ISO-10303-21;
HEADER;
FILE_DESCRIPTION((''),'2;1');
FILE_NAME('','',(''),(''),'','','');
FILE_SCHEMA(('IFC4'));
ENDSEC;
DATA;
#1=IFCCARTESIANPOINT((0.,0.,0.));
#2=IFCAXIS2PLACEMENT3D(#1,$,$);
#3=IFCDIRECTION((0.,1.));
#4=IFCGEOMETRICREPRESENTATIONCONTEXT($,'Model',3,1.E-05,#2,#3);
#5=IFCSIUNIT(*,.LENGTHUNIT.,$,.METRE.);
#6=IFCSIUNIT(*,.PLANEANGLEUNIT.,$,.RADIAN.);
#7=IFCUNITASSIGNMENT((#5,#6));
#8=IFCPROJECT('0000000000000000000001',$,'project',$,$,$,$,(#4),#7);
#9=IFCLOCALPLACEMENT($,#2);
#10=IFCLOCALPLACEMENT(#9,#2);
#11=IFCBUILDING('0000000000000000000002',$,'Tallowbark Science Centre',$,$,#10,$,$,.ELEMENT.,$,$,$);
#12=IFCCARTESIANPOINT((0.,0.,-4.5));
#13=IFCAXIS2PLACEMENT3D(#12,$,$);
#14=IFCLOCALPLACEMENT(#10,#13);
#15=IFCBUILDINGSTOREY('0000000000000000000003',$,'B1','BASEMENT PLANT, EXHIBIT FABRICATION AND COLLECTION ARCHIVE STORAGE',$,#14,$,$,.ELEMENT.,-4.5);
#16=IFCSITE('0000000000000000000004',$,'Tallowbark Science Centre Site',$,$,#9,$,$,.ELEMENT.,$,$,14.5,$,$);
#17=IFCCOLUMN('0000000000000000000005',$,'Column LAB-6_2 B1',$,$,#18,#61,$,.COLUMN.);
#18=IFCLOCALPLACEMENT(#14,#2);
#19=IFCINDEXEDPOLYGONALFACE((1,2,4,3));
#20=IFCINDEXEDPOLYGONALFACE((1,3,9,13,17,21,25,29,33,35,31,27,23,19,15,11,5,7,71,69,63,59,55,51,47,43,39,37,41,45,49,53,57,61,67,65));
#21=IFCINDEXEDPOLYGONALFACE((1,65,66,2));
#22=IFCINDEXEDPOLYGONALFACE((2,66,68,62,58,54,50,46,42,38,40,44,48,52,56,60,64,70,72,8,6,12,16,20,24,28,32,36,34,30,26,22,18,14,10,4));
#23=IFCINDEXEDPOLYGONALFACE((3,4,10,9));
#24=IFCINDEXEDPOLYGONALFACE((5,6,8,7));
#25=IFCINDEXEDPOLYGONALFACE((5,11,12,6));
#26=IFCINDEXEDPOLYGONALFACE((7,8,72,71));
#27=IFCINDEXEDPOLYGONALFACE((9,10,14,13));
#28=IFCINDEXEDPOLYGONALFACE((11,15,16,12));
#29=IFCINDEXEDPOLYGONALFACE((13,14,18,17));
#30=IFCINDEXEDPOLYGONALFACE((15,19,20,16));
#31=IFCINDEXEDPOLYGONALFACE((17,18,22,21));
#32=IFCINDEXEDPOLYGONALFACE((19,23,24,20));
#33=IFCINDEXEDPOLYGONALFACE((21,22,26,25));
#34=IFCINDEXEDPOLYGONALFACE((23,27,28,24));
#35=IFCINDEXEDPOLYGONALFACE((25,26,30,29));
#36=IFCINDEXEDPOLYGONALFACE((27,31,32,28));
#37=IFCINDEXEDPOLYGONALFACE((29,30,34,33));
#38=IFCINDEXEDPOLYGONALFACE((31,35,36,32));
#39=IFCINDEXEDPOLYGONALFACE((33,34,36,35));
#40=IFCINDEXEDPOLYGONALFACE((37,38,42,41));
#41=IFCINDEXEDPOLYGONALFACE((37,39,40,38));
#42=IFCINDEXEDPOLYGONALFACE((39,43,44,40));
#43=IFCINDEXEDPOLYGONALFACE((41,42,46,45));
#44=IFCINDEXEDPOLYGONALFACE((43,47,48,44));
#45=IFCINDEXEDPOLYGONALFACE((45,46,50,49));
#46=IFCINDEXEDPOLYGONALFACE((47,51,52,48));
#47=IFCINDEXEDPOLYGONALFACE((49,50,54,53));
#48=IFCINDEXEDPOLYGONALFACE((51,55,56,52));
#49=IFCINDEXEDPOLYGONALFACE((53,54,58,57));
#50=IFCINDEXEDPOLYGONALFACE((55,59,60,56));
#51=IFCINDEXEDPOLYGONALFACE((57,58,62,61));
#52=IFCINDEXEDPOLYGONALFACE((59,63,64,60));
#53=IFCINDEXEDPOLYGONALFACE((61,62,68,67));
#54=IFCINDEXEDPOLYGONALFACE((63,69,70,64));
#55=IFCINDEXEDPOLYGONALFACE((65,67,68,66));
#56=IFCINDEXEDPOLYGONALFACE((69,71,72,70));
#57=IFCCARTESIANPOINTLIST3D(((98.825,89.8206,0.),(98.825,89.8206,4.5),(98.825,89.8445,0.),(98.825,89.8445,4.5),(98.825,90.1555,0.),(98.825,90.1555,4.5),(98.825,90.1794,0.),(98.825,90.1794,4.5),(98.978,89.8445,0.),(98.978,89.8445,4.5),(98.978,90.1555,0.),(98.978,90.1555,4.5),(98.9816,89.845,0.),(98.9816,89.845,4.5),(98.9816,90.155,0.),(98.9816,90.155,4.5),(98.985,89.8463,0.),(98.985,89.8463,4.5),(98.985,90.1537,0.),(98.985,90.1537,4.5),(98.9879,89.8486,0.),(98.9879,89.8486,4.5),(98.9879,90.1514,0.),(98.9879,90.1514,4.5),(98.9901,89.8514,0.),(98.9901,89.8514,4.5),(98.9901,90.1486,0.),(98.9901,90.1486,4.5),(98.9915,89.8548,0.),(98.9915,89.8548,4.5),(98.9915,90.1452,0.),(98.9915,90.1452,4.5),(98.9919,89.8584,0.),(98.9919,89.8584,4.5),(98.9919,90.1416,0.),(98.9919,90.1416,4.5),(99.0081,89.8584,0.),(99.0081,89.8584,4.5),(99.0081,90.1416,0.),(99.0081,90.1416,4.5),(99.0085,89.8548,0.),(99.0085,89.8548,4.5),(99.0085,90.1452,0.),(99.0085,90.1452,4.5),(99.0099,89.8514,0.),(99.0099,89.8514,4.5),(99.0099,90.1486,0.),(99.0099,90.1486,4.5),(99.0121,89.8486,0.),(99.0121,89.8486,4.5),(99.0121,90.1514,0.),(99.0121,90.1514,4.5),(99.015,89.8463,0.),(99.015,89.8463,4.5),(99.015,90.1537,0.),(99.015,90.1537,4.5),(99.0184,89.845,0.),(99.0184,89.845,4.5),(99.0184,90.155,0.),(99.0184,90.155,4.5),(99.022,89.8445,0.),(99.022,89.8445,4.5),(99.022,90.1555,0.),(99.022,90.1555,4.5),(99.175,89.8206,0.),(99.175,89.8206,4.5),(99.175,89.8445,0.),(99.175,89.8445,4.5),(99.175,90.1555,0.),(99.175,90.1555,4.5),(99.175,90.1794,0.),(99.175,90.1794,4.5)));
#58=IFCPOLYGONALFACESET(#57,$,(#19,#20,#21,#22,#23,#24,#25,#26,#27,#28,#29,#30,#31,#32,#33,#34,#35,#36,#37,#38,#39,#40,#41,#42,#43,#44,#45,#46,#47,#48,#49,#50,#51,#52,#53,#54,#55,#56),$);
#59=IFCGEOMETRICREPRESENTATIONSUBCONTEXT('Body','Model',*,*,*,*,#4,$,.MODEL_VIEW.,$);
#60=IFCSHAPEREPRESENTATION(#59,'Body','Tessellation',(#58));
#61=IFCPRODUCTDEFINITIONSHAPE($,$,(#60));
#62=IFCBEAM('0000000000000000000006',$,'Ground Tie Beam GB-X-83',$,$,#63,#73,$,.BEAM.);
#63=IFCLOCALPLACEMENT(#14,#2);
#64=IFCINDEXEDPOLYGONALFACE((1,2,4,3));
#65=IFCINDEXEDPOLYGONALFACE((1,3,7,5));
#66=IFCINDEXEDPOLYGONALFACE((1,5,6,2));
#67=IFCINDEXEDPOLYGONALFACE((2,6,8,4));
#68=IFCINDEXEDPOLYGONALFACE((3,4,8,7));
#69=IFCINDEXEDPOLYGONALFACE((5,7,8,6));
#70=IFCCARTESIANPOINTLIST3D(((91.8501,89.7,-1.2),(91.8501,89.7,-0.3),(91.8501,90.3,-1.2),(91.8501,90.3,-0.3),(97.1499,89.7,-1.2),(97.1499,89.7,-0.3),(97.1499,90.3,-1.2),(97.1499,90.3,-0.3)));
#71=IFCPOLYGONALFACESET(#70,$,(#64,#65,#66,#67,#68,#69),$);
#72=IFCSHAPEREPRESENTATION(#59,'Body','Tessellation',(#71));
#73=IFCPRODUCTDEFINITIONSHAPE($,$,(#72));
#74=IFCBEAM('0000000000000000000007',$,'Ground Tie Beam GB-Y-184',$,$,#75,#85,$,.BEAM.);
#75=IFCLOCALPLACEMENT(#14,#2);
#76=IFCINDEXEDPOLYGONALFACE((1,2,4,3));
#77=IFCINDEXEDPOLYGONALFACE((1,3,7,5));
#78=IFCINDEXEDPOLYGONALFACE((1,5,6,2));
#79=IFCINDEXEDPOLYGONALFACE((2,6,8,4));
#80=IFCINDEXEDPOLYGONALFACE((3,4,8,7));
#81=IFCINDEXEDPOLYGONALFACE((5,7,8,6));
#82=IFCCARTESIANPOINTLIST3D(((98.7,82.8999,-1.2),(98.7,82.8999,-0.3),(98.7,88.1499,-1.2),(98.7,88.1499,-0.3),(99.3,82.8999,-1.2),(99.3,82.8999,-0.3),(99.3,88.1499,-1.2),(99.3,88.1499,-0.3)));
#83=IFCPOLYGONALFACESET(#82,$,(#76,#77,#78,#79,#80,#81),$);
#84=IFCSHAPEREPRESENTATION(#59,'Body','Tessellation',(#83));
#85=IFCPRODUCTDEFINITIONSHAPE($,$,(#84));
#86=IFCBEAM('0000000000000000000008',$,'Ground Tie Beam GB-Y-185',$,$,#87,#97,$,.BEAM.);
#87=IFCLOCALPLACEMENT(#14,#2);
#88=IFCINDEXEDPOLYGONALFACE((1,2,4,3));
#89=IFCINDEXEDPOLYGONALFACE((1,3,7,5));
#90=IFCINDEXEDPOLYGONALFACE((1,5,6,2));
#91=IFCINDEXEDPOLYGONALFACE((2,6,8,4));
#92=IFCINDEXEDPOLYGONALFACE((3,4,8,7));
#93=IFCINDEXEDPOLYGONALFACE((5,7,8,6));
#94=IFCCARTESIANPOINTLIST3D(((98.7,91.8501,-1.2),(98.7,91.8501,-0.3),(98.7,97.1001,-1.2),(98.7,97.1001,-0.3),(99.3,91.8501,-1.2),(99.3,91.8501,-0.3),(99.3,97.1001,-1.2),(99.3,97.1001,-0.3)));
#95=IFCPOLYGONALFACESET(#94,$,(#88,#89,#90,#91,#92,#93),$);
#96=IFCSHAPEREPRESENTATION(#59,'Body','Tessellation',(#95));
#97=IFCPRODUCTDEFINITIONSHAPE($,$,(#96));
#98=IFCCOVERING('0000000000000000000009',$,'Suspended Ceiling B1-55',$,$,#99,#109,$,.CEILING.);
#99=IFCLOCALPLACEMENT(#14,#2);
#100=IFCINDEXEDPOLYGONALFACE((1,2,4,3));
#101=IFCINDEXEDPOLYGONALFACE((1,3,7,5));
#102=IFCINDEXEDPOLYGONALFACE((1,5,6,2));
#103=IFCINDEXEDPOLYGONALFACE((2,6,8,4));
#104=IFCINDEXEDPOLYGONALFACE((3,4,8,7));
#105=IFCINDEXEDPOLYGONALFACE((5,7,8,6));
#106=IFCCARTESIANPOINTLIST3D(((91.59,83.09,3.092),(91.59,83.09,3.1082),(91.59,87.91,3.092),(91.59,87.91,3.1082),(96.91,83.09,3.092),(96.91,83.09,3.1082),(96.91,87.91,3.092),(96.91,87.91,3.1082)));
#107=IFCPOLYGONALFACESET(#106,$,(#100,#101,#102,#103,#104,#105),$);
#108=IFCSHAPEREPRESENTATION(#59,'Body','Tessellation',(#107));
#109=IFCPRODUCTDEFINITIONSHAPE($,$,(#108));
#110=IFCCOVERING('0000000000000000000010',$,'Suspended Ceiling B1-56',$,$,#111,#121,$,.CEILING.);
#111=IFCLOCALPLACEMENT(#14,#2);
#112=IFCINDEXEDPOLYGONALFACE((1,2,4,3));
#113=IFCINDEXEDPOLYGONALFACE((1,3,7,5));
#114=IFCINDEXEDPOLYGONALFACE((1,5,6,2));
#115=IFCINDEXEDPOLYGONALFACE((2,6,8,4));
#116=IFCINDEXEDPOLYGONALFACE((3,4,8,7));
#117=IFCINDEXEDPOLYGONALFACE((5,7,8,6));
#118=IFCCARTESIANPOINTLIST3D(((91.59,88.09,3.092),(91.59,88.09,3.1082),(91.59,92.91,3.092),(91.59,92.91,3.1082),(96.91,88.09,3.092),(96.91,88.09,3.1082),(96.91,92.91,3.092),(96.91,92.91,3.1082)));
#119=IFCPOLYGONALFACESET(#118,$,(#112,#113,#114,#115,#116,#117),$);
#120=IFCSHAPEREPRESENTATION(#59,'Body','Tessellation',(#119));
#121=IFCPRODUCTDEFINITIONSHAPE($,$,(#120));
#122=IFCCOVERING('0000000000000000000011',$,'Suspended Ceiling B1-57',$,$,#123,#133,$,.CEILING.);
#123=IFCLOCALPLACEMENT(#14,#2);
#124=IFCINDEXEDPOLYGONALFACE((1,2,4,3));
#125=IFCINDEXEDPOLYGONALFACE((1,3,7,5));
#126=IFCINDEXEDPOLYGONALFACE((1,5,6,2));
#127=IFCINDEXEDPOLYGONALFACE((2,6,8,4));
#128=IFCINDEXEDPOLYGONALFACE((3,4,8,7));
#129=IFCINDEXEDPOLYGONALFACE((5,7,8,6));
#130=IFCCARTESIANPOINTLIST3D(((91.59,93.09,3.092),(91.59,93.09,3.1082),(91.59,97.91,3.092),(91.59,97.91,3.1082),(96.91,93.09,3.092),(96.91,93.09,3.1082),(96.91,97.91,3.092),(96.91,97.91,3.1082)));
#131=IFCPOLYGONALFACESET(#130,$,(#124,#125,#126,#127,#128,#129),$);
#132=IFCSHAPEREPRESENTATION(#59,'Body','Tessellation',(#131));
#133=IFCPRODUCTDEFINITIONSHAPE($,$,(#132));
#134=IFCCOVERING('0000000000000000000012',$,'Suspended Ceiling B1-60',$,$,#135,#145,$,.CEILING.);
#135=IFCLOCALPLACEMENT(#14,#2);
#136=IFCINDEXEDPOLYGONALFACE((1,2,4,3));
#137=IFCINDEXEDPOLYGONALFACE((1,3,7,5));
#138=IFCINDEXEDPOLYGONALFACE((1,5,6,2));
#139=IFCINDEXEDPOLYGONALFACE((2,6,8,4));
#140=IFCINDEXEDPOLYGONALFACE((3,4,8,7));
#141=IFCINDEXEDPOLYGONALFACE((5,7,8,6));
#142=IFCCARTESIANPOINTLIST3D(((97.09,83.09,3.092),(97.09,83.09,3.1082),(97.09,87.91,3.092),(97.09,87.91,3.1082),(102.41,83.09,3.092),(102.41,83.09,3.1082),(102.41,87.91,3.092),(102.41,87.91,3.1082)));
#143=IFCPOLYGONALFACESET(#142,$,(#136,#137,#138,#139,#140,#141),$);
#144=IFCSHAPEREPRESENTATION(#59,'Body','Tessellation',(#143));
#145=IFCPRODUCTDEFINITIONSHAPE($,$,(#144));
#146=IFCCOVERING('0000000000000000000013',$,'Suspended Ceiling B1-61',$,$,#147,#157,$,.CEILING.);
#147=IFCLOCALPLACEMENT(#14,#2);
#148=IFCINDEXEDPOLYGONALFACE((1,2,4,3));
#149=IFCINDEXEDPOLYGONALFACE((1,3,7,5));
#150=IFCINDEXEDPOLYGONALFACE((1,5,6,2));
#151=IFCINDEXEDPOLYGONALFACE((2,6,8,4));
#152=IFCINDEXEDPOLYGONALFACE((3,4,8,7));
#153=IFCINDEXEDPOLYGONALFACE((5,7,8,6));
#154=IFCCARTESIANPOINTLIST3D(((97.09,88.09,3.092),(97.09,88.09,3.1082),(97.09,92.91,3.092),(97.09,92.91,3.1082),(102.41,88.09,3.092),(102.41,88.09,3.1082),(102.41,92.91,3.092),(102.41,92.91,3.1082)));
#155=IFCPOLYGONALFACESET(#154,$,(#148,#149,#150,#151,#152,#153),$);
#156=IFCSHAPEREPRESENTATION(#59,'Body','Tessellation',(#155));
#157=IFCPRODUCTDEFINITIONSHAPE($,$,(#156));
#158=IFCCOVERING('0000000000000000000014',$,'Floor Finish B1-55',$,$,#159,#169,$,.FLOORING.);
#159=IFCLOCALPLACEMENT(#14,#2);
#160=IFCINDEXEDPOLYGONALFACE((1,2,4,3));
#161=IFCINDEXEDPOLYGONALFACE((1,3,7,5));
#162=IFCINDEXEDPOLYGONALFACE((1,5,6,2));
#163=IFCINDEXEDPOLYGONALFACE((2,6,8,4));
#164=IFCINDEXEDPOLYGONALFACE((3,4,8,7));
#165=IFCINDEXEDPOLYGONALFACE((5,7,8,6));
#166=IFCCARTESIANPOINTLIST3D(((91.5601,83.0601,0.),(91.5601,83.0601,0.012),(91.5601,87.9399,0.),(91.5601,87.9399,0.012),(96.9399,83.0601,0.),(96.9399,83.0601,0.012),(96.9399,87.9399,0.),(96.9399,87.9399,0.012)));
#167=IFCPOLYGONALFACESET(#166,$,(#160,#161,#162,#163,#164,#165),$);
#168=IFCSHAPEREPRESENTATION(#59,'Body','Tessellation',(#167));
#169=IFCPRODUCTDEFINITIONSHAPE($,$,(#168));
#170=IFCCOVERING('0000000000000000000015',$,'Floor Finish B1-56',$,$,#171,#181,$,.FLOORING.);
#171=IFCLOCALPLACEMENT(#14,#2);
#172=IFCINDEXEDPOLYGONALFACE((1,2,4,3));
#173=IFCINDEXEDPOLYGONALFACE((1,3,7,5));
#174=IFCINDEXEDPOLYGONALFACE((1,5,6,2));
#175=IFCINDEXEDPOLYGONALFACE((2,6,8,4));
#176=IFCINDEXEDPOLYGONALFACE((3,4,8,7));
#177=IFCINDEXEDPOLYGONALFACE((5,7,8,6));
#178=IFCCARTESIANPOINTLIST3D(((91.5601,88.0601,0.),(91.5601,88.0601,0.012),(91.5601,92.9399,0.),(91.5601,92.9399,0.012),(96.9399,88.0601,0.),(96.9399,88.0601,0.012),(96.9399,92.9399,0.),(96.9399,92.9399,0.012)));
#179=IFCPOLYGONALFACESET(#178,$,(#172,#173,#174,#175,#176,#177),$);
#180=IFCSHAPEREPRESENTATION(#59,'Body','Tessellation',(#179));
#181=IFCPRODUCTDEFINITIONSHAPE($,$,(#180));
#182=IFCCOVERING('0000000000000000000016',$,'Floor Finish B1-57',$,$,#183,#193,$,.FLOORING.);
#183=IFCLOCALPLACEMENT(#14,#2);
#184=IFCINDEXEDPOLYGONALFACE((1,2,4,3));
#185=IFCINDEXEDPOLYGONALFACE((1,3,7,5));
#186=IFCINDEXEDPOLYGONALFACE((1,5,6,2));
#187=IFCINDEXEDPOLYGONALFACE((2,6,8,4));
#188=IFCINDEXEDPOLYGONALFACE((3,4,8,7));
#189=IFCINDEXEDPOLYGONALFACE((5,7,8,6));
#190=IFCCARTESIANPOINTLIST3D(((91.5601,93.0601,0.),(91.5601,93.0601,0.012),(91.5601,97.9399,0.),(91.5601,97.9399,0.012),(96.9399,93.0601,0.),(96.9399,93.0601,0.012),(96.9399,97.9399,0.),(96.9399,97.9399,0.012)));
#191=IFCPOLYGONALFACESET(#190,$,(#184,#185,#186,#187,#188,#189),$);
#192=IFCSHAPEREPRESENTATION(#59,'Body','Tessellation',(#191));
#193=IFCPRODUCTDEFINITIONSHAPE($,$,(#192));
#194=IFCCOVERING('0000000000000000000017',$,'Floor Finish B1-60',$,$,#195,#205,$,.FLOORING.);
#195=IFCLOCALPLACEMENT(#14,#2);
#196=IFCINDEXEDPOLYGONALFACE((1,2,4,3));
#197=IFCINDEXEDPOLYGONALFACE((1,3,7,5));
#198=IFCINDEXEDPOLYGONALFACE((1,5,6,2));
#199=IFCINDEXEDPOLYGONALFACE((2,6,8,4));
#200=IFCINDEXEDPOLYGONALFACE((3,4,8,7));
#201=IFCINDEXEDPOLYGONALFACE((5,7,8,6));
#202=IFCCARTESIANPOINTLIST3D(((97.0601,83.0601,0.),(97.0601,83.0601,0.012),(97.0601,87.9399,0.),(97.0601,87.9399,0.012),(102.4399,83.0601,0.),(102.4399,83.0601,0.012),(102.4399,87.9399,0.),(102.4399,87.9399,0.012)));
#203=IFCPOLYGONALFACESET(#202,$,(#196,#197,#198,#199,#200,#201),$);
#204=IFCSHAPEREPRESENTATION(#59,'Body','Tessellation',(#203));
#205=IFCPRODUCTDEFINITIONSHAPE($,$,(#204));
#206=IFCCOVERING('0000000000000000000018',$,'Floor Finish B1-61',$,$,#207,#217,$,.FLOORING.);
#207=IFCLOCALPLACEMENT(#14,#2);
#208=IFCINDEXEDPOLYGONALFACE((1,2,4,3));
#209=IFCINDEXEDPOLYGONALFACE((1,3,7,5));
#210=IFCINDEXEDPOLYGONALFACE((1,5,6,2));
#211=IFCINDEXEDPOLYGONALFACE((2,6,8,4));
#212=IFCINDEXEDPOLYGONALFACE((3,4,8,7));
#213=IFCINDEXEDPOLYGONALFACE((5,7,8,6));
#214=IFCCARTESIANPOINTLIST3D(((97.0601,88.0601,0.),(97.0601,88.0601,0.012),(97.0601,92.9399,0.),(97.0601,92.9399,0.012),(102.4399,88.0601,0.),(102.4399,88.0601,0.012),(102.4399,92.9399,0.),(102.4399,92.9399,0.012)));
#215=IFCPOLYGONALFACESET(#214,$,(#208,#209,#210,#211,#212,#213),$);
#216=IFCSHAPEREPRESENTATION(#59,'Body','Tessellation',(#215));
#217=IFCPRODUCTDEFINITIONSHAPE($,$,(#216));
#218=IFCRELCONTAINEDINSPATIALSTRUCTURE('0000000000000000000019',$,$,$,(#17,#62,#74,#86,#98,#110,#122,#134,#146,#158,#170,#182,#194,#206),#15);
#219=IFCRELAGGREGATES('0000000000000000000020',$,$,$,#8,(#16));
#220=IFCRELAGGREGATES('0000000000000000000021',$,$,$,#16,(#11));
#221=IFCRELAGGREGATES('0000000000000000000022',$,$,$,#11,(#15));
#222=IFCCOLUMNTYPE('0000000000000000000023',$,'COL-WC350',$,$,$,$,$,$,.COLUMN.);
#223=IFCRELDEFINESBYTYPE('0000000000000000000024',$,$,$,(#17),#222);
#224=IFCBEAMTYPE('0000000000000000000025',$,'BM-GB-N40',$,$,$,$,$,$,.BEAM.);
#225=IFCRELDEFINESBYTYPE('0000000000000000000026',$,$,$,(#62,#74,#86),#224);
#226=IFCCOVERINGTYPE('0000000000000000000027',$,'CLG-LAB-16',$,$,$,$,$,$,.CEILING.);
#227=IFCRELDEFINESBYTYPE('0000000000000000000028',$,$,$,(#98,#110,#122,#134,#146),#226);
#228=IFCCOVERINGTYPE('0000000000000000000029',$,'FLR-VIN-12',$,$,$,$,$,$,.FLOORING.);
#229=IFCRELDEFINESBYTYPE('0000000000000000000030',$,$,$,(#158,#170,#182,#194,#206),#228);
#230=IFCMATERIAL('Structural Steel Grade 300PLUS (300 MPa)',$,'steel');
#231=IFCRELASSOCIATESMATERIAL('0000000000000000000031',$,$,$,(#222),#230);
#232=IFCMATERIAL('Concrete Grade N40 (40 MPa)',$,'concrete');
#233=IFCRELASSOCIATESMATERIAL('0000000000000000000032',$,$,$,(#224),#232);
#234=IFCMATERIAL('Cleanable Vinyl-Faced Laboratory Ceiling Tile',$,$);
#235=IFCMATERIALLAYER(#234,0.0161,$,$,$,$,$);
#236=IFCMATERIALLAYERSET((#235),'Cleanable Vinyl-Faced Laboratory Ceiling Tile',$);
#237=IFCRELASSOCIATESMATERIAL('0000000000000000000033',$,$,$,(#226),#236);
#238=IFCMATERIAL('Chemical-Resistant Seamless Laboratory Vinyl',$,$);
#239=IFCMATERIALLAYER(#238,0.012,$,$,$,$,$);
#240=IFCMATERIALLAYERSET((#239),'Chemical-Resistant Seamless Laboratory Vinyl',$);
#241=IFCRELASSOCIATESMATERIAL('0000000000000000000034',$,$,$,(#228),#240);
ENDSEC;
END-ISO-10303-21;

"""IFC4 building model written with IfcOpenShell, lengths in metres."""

from ifc_helpers import new_model, si_unit, direction, frame, origin, origin_2d, place, context, subcontext, project, spatial, rectangle, i_section, extrude, material, layer, layer_set, material_profile, profile_set, type_object, element, save


model = new_model("IFC4")

# Units and contexts
model_context = context("Model", 3, precision=1e-05, world=origin(), true_north=direction((0.0, 1.0)))
body_context = subcontext(model_context, "Body", "Model", "MODEL_VIEW")
ifc_project = project(units=[si_unit("LENGTHUNIT", "METRE"), si_unit("PLANEANGLEUNIT", "RADIAN")], contexts=[model_context])

# Site, building, storey
site_placement = place(None, origin())
site = spatial("IfcSite", under=ifc_project, at=site_placement, Name="Tallowbark Science Centre Site", CompositionType="ELEMENT", RefElevation=14.5)
building_placement = place(site_placement, origin())
building = spatial("IfcBuilding", under=site, at=building_placement, Name="Tallowbark Science Centre", CompositionType="ELEMENT")
storey_placement = place(building_placement, frame((0.0, 0.0, -4.5)))
storey = spatial("IfcBuildingStorey", under=building, at=storey_placement, Name="B1", Description="BASEMENT PLANT, EXHIBIT FABRICATION AND COLLECTION ARCHIVE STORAGE", CompositionType="ELEMENT", Elevation=-4.5)

# Shared definitions
ifc_material_1 = material(Name="Concrete Grade N40 (40 MPa)", Category="concrete")

# Column
ifc_material_2 = material(Name="Structural Steel Grade 300PLUS (300 MPa)", Category="steel")
ifc_material_profile_1 = material_profile(ifc_material_2, i_section(OverallWidth=0.3501, OverallDepth=0.3589, WebThickness=0.0161, FlangeThickness=0.0239, FilletRadius=0.0139, at=origin_2d()), Name="350WC197")
ifc_profile_set_1 = profile_set([ifc_material_profile_1], Name="Structural Steel Grade 300PLUS (300 MPa)")
column_type = type_object("IfcColumnType", Name="COL-WC350", PredefinedType="COLUMN", material=ifc_profile_set_1)
column_placement = place(storey_placement, frame((99.0, 90.0, 0.0), z_axis=(0.0, 0.0, 1.0), x_axis=(1.0, 0.0, 0.0)))
element("IfcColumn", 1, at=column_placement, inside=storey, type_object=column_type, Name="Column LAB-6_2 B1", PredefinedType="COLUMN", context=body_context, shape_type="SweptSolid", body=[
    extrude(i_section(OverallWidth=0.3501, OverallDepth=0.3589, WebThickness=0.0161, FlangeThickness=0.0239, FilletRadius=0.0139, at=origin_2d()), origin(), (0.0, 0.0, 1.0), 4.5),
])

# Beams
ifc_material_profile_2 = material_profile(ifc_material_1, rectangle(XDim=0.6001, YDim=0.8999, at=origin_2d()), Name="RC600x900")
ifc_profile_set_2 = profile_set([ifc_material_profile_2], Name="Concrete Grade N40 (40 MPa)")
beam_type = type_object("IfcBeamType", Name="BM-GB-N40", PredefinedType="BEAM", material=ifc_profile_set_2)
beam_placement = place(storey_placement, frame((91.8501, 90.0, -0.75), z_axis=(1.0, 0.0, 0.0), x_axis=(0.0, 1.0, 0.0)))
element("IfcBeam", 2, at=beam_placement, inside=storey, type_object=beam_type, Name="Ground Tie Beam GB-X-83", PredefinedType="BEAM", context=body_context, shape_type="SweptSolid", body=[
    extrude(rectangle(XDim=0.6001, YDim=0.8999, at=origin_2d()), origin(), (0.0, 0.0, 1.0), 5.2998),
])
for number, where, z_axis, x_axis, name in (
    (3, (99.0, 82.8999, -0.75), (0.0, 1.0, 0.0), (-1.0, 0.0, 0.0), "Ground Tie Beam GB-Y-184"),
    (4, (99.0, 91.8501, -0.75), (0.0, 1.0, 0.0), (-1.0, 0.0, 0.0), "Ground Tie Beam GB-Y-185"),
):
    element("IfcBeam", number, at=place(storey_placement, frame(where, z_axis=z_axis, x_axis=x_axis)), inside=storey, type_object=beam_type, Name=name, PredefinedType="BEAM", context=body_context, shape_type="SweptSolid", body=[
        extrude(rectangle(XDim=0.6001, YDim=0.8999, at=origin_2d()), origin(), (0.0, 0.0, 1.0), 5.25),
    ])

# Coverings
ifc_material_3 = material(Name="Cleanable Vinyl-Faced Laboratory Ceiling Tile")
ifc_layer_1 = layer(ifc_material_3, 0.0161)
ifc_layer_set_1 = layer_set([ifc_layer_1], Name="Cleanable Vinyl-Faced Laboratory Ceiling Tile")
covering_type_1 = type_object("IfcCoveringType", Name="CLG-LAB-16", PredefinedType="CEILING", material=ifc_layer_set_1)
for number, where, z_axis, x_axis, name in (
    (5, (94.25, 85.5, 3.092), (0.0, 0.0, 1.0), (1.0, 0.0, 0.0), "Suspended Ceiling B1-55"),
    (6, (94.25, 90.5, 3.092), (0.0, 0.0, 1.0), (1.0, 0.0, 0.0), "Suspended Ceiling B1-56"),
    (7, (94.25, 95.5, 3.092), (0.0, 0.0, 1.0), (1.0, 0.0, 0.0), "Suspended Ceiling B1-57"),
    (8, (99.75, 85.5, 3.092), (0.0, 0.0, 1.0), (1.0, 0.0, 0.0), "Suspended Ceiling B1-60"),
    (9, (99.75, 90.5, 3.092), (0.0, 0.0, 1.0), (1.0, 0.0, 0.0), "Suspended Ceiling B1-61"),
):
    element("IfcCovering", number, at=place(storey_placement, frame(where, z_axis=z_axis, x_axis=x_axis)), inside=storey, type_object=covering_type_1, Name=name, PredefinedType="CEILING", context=body_context, shape_type="SweptSolid", body=[
        extrude(rectangle(XDim=5.3201, YDim=4.8201, at=origin_2d()), origin(), (0.0, 0.0, 1.0), 0.0161),
    ])
ifc_material_4 = material(Name="Chemical-Resistant Seamless Laboratory Vinyl")
ifc_layer_2 = layer(ifc_material_4, 0.012)
ifc_layer_set_2 = layer_set([ifc_layer_2], Name="Chemical-Resistant Seamless Laboratory Vinyl")
covering_type_2 = type_object("IfcCoveringType", Name="FLR-VIN-12", PredefinedType="FLOORING", material=ifc_layer_set_2)
for number, where, z_axis, x_axis, name in (
    (10, (94.25, 85.5, 0.0), (0.0, 0.0, 1.0), (1.0, 0.0, 0.0), "Floor Finish B1-55"),
    (11, (94.25, 90.5, 0.0), (0.0, 0.0, 1.0), (1.0, 0.0, 0.0), "Floor Finish B1-56"),
    (12, (94.25, 95.5, 0.0), (0.0, 0.0, 1.0), (1.0, 0.0, 0.0), "Floor Finish B1-57"),
    (13, (99.75, 85.5, 0.0), (0.0, 0.0, 1.0), (1.0, 0.0, 0.0), "Floor Finish B1-60"),
    (14, (99.75, 90.5, 0.0), (0.0, 0.0, 1.0), (1.0, 0.0, 0.0), "Floor Finish B1-61"),
):
    element("IfcCovering", number, at=place(storey_placement, frame(where, z_axis=z_axis, x_axis=x_axis)), inside=storey, type_object=covering_type_2, Name=name, PredefinedType="FLOORING", context=body_context, shape_type="SweptSolid", body=[
        extrude(rectangle(XDim=5.3799, YDim=4.8799, at=origin_2d()), origin(), (0.0, 0.0, 1.0), 0.012),
    ])

save(model, "model.ifc")
